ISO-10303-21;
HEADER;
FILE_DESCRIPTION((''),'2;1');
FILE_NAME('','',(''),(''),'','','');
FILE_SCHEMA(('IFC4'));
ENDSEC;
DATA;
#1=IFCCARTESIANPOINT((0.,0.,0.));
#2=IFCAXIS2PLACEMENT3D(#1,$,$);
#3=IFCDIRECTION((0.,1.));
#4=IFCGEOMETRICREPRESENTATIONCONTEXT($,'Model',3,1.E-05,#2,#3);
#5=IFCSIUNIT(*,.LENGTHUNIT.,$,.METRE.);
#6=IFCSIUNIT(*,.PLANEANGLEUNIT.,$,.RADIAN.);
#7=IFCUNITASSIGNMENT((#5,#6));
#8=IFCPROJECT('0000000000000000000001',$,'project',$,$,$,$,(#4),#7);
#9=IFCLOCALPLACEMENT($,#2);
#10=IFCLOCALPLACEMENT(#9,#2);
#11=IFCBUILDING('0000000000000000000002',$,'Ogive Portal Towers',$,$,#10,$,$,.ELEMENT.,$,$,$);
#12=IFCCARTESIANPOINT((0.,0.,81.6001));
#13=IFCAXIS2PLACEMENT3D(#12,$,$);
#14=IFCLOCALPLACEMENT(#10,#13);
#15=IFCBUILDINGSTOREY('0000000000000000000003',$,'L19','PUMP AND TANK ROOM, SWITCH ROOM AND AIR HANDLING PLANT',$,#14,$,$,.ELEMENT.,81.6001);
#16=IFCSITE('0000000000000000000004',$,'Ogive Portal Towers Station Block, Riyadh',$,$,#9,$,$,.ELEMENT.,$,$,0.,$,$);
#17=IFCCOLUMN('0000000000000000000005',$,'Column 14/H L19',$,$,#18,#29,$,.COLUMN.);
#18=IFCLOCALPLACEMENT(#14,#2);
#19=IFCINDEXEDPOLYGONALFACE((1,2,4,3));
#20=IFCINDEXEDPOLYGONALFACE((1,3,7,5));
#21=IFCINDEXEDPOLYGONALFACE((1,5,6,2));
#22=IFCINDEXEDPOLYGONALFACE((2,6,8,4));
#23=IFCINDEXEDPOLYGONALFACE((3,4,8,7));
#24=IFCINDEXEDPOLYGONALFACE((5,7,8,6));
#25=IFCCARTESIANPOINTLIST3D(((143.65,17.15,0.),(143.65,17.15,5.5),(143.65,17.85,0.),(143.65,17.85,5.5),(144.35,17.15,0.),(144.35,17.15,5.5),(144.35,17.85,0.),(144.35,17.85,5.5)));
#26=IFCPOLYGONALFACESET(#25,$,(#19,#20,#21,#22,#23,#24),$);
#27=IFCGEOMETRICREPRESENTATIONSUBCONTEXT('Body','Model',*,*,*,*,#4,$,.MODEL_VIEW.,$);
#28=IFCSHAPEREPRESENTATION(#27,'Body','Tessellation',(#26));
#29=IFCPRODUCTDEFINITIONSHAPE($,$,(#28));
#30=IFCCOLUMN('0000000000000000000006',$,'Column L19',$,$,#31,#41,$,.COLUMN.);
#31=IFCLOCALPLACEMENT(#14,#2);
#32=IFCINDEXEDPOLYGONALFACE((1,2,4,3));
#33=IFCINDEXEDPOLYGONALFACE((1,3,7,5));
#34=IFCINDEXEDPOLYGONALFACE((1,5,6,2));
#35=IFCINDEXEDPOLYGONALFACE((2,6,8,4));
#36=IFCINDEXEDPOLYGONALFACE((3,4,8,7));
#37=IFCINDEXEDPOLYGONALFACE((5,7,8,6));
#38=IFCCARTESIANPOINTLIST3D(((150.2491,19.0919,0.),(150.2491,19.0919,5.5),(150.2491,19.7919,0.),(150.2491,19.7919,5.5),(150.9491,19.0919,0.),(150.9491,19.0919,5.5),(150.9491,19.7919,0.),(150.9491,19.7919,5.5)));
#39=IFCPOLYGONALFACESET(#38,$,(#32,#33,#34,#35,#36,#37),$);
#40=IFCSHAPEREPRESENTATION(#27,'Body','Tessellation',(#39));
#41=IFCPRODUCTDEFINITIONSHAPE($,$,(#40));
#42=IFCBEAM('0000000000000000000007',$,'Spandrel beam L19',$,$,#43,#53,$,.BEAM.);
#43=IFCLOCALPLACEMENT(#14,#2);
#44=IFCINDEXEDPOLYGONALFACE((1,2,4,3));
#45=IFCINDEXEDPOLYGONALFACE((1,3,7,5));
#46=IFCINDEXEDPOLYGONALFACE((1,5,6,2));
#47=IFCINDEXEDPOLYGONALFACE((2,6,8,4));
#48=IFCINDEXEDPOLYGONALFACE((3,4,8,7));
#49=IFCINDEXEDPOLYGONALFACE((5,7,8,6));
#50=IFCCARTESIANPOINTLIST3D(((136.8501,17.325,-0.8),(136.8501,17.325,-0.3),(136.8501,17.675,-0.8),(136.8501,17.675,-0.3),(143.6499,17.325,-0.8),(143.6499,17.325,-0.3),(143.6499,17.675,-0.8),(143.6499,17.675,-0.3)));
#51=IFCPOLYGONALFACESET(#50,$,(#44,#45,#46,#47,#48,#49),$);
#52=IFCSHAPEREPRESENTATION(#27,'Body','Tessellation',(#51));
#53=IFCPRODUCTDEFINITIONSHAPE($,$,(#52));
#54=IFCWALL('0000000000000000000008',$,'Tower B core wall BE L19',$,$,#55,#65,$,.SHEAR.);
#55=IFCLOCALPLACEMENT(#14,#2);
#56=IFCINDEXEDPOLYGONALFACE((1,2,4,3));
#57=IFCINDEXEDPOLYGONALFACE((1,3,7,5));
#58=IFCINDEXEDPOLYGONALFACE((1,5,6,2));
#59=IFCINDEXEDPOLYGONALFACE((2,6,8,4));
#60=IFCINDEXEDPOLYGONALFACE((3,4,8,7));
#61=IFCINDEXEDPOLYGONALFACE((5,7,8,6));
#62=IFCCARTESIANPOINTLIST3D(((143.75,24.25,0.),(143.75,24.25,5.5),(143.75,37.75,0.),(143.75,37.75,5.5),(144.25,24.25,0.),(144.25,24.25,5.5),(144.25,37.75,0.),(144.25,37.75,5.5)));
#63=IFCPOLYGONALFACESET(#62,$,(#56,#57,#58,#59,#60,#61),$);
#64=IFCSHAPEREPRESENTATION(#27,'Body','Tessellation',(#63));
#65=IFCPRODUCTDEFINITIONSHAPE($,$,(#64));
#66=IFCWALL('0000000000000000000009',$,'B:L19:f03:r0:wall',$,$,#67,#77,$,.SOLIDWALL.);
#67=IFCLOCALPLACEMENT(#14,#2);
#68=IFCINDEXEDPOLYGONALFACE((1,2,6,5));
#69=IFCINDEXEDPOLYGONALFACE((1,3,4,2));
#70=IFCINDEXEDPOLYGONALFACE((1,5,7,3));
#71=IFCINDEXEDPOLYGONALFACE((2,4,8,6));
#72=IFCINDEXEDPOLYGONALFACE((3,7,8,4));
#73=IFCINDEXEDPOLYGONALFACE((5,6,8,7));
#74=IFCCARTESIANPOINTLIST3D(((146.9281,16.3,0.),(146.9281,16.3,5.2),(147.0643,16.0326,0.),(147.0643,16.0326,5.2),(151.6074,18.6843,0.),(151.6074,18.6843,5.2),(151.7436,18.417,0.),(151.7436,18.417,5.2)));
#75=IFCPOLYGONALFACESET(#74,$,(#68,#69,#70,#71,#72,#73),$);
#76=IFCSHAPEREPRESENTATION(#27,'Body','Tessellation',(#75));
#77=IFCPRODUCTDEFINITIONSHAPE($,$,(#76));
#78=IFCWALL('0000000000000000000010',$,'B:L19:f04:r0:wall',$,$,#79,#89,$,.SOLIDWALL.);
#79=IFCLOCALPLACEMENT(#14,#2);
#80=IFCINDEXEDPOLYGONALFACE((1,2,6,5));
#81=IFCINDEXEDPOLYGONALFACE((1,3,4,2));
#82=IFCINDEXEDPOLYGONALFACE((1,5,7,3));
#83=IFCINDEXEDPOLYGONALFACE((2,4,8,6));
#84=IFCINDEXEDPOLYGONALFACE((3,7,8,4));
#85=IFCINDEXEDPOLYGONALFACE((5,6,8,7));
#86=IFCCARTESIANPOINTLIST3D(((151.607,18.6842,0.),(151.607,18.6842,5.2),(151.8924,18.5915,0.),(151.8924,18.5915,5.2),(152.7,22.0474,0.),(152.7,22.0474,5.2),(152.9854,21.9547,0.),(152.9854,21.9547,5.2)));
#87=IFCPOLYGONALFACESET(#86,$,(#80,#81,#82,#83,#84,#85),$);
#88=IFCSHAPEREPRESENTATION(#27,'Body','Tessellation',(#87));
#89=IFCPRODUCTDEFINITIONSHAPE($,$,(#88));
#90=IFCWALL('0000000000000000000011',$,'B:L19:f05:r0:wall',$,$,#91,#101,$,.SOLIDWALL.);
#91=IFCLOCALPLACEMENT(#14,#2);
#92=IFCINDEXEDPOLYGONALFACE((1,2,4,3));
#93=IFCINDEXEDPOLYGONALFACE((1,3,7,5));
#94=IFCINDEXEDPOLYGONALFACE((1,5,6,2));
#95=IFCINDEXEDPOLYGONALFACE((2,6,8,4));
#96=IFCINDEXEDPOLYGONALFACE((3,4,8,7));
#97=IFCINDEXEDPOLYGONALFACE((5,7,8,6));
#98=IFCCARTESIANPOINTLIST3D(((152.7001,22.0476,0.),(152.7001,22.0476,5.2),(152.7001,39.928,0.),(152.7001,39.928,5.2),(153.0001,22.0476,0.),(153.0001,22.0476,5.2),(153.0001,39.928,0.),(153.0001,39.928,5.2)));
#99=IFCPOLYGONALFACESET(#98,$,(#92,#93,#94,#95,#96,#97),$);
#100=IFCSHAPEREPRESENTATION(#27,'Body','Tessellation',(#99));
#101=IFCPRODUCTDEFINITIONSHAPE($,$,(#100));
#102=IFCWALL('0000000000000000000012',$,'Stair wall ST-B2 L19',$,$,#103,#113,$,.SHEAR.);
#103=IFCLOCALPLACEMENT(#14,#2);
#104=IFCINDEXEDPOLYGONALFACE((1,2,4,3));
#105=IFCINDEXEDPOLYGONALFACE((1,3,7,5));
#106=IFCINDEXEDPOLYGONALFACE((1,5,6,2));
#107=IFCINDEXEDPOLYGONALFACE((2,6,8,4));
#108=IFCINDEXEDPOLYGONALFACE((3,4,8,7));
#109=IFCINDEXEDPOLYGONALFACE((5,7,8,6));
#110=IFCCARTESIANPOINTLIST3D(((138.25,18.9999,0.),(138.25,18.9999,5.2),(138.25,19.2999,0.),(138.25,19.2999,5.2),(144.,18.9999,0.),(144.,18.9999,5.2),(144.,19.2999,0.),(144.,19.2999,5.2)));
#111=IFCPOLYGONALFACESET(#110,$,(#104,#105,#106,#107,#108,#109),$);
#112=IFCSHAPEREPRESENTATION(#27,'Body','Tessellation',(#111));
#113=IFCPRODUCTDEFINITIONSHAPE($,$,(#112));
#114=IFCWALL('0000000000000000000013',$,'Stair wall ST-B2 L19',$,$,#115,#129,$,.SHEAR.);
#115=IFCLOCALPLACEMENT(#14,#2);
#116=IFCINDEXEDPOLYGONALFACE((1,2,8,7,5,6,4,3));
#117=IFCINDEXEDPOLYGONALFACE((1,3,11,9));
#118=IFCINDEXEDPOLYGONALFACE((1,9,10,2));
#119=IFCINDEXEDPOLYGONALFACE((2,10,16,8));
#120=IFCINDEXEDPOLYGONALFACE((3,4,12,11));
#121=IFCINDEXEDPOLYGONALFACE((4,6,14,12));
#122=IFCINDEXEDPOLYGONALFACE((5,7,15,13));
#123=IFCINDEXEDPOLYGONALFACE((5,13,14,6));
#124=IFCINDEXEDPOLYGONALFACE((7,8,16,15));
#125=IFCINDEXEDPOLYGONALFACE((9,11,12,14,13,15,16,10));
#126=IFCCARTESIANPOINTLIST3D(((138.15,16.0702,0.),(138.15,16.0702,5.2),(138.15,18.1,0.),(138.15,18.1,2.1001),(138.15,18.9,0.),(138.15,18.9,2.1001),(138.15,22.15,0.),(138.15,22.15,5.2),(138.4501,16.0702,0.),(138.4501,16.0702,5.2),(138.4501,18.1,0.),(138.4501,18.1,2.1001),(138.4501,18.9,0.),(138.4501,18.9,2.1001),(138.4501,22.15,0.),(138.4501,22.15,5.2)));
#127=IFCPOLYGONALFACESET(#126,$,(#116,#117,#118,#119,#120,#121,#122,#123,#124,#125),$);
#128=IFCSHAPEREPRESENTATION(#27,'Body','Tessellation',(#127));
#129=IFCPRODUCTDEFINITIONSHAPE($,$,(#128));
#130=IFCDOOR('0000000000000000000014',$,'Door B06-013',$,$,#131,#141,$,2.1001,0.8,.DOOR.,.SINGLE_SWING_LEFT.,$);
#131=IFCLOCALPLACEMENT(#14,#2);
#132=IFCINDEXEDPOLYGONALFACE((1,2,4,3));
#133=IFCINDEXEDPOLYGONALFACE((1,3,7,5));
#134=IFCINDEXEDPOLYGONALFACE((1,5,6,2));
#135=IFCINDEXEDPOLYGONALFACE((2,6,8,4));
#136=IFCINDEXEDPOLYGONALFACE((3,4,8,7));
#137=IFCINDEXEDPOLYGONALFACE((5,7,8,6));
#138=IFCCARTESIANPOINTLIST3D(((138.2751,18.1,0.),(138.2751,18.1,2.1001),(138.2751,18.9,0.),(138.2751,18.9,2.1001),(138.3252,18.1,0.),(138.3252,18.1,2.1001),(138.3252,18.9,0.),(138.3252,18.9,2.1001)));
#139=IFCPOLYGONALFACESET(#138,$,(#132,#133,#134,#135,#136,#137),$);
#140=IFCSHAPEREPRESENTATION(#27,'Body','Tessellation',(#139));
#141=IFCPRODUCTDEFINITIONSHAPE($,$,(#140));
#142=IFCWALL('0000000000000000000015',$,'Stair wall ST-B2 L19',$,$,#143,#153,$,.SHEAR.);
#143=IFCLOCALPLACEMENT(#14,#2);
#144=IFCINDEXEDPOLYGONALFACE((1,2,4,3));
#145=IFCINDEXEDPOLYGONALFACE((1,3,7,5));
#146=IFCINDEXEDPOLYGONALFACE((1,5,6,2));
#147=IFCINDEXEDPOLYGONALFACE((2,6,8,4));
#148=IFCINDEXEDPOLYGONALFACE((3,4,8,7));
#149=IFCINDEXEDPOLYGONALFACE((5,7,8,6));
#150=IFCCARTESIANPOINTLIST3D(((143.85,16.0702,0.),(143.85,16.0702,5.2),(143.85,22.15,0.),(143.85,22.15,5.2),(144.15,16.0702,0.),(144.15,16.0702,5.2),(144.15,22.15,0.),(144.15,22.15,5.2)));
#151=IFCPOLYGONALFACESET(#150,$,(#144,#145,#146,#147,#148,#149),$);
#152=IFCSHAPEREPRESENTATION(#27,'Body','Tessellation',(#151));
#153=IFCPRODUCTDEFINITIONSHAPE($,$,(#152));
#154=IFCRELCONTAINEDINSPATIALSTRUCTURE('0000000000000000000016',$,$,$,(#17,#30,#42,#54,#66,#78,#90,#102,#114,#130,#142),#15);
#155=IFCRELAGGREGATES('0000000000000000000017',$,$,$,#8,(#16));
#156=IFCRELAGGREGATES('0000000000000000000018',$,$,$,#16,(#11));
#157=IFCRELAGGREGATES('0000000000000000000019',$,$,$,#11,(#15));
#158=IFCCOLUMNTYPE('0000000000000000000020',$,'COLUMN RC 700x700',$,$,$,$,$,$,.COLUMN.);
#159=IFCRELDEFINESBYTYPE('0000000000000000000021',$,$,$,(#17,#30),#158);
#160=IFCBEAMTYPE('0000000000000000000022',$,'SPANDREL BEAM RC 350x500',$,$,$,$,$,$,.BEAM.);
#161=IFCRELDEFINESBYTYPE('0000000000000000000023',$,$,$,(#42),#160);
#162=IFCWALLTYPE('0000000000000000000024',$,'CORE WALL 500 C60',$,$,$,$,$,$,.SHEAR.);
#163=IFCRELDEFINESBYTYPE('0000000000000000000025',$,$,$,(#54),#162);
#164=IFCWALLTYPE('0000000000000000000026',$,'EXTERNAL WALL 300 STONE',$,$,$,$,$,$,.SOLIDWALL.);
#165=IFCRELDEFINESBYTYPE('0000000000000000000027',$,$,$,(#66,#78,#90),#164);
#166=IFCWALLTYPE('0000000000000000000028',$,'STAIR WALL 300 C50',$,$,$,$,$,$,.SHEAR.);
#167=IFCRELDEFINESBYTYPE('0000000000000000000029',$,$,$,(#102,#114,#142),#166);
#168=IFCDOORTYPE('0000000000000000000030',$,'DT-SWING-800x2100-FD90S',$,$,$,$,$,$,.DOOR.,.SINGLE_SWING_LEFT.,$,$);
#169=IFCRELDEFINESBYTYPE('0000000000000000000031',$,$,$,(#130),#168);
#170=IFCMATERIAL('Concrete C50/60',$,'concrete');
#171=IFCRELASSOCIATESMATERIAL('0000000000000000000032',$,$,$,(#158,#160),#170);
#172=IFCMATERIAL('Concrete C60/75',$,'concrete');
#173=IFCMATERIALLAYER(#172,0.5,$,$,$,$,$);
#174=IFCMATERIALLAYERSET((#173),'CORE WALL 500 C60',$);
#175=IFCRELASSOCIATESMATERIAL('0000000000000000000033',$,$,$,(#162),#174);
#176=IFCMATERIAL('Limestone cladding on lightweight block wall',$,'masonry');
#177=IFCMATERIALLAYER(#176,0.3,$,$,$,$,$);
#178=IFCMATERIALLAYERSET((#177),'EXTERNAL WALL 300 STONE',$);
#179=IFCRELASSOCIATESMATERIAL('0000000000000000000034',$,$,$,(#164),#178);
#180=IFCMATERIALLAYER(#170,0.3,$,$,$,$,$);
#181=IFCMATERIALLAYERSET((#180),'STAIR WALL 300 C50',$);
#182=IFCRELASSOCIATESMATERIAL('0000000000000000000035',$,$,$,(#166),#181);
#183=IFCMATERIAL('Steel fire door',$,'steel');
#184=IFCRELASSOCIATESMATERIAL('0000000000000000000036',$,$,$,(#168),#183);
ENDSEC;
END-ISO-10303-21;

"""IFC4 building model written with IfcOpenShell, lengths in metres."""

from ifc_helpers import new_model, si_unit, direction, frame, frame_2d, origin, origin_2d, place, context, subcontext, project, spatial, rectangle, extrude, material, layer, layer_set, material_profile, profile_set, type_object, element, fill, save


model = new_model("IFC4")

# Units and contexts
model_context = context("Model", 3, precision=1e-05, world=origin(), true_north=direction((0.0, 1.0)))
body_context = subcontext(model_context, "Body", "Model", "MODEL_VIEW")
ifc_project = project(units=[si_unit("LENGTHUNIT", "METRE"), si_unit("PLANEANGLEUNIT", "RADIAN")], contexts=[model_context])

# Site, building, storey
site_placement = place(None, origin())
site = spatial("IfcSite", under=ifc_project, at=site_placement, Name="Ogive Portal Towers Station Block, Riyadh", CompositionType="ELEMENT", RefElevation=0.0)
building_placement = place(site_placement, origin())
building = spatial("IfcBuilding", under=site, at=building_placement, Name="Ogive Portal Towers", CompositionType="ELEMENT")
storey_placement = place(building_placement, frame((0.0, 0.0, 81.6001)))
storey = spatial("IfcBuildingStorey", under=building, at=storey_placement, Name="L19", Description="PUMP AND TANK ROOM, SWITCH ROOM AND AIR HANDLING PLANT", CompositionType="ELEMENT", Elevation=81.6001)

# Columns
ifc_material_1 = material(Name="Concrete C50/60", Category="concrete")
ifc_material_profile_1 = material_profile(ifc_material_1, rectangle(XDim=0.7, YDim=0.7, at=origin_2d()), Name="RC 700x700")
ifc_profile_set_1 = profile_set([ifc_material_profile_1], Name="Concrete C50/60")
column_type = type_object("IfcColumnType", Name="COLUMN RC 700x700", PredefinedType="COLUMN", material=ifc_profile_set_1)
for number, where, z_axis, x_axis, name in (
    (1, (144.0, 17.5, 0.0), (0.0, 0.0, 1.0), (1.0, 0.0, 0.0), "Column 14/H L19"),
    (2, (150.5991, 19.4419, 0.0), (0.0, 0.0, 1.0), (1.0, 0.0, 0.0), "Column L19"),
):
    element("IfcColumn", number, at=place(storey_placement, frame(where, z_axis=z_axis, x_axis=x_axis)), inside=storey, type_object=column_type, Name=name, PredefinedType="COLUMN", context=body_context, shape_type="SweptSolid", body=[
        extrude(rectangle(XDim=0.7, YDim=0.7, at=origin_2d()), origin(), (0.0, 0.0, 1.0), 5.5),
    ])

# Beam
ifc_material_profile_2 = material_profile(ifc_material_1, rectangle(XDim=0.3501, YDim=0.5, at=origin_2d()), Name="RC 350x500")
ifc_profile_set_2 = profile_set([ifc_material_profile_2], Name="Concrete C50/60")
beam_type = type_object("IfcBeamType", Name="SPANDREL BEAM RC 350x500", PredefinedType="BEAM", material=ifc_profile_set_2)
beam_placement = place(storey_placement, frame((136.8501, 17.5, -0.55), z_axis=(1.0, 0.0, 0.0), x_axis=(0.0, 1.0, 0.0)))
element("IfcBeam", 3, at=beam_placement, inside=storey, type_object=beam_type, Name="Spandrel beam L19", PredefinedType="BEAM", context=body_context, shape_type="SweptSolid", body=[
    extrude(rectangle(XDim=0.3501, YDim=0.5, at=origin_2d()), origin(), (0.0, 0.0, 1.0), 6.7998),
])

# Walls
ifc_material_2 = material(Name="Concrete C60/75", Category="concrete")
ifc_layer_1 = layer(ifc_material_2, 0.5)
ifc_layer_set_1 = layer_set([ifc_layer_1], Name="CORE WALL 500 C60")
wall_type_1 = type_object("IfcWallType", Name="CORE WALL 500 C60", PredefinedType="SHEAR", material=ifc_layer_set_1)
wall_1_placement = place(storey_placement, frame((144.0, 24.25, 0.0), z_axis=(0.0, 0.0, 1.0), x_axis=(0.0, 1.0, 0.0)))
element("IfcWall", 4, at=wall_1_placement, inside=storey, type_object=wall_type_1, Name="Tower B core wall BE L19", PredefinedType="SHEAR", context=body_context, shape_type="SweptSolid", body=[
    extrude(rectangle(XDim=13.5, YDim=0.5, at=frame_2d((6.75, 0.0))), origin(), (0.0, 0.0, 1.0), 5.5),
])
ifc_material_3 = material(Name="Limestone cladding on lightweight block wall", Category="masonry")
ifc_layer_2 = layer(ifc_material_3, 0.3)
ifc_layer_set_2 = layer_set([ifc_layer_2], Name="EXTERNAL WALL 300 STONE")
wall_type_2 = type_object("IfcWallType", Name="EXTERNAL WALL 300 STONE", PredefinedType="SOLIDWALL", material=ifc_layer_set_2)
wall_2_placement = place(storey_placement, frame((146.9961, 16.1663, 0.0), z_axis=(0.0, 0.0, 1.0), x_axis=(0.890998, 0.454007, 0.0)))
element("IfcWall", 5, at=wall_2_placement, inside=storey, type_object=wall_type_2, Name="B:L19:f03:r0:wall", PredefinedType="SOLIDWALL", context=body_context, shape_type="SweptSolid", body=[
    extrude(rectangle(XDim=5.2517, YDim=0.3, at=frame_2d((2.626, 0.0))), origin(), (0.0, 0.0, 1.0), 5.2),
])
wall_3_placement = place(storey_placement, frame((151.7498, 18.6379, 0.0), z_axis=(0.0, 0.0, 1.0), x_axis=(0.309074, 0.951038, 0.0)))
element("IfcWall", 6, at=wall_3_placement, inside=storey, type_object=wall_type_2, Name="B:L19:f04:r0:wall", PredefinedType="SOLIDWALL", context=body_context, shape_type="SweptSolid", body=[
    extrude(rectangle(XDim=3.5364, YDim=0.3, at=frame_2d((1.7681, 0.0))), origin(), (0.0, 0.0, 1.0), 5.2),
])
wall_4_placement = place(storey_placement, frame((152.8501, 22.0476, 0.0), z_axis=(0.0, 0.0, 1.0), x_axis=(0.0, 1.0, 0.0)))
element("IfcWall", 7, at=wall_4_placement, inside=storey, type_object=wall_type_2, Name="B:L19:f05:r0:wall", PredefinedType="SOLIDWALL", context=body_context, shape_type="SweptSolid", body=[
    extrude(rectangle(XDim=17.8804, YDim=0.3, at=frame_2d((8.9402, 0.0))), origin(), (0.0, 0.0, 1.0), 5.2),
])
ifc_layer_3 = layer(ifc_material_1, 0.3)
ifc_layer_set_3 = layer_set([ifc_layer_3], Name="STAIR WALL 300 C50")
wall_type_3 = type_object("IfcWallType", Name="STAIR WALL 300 C50", PredefinedType="SHEAR", material=ifc_layer_set_3)
wall_5_placement = place(storey_placement, frame((138.25, 19.1499, 0.0), z_axis=(0.0, 0.0, 1.0), x_axis=(1.0, 0.0, 0.0)))
element("IfcWall", 8, at=wall_5_placement, inside=storey, type_object=wall_type_3, Name="Stair wall ST-B2 L19", PredefinedType="SHEAR", context=body_context, shape_type="SweptSolid", body=[
    extrude(rectangle(XDim=5.75, YDim=0.3, at=frame_2d((2.875, 0.0))), origin(), (0.0, 0.0, 1.0), 5.2),
])

# Wall, opening, door
wall_6_placement = place(storey_placement, frame((138.3, 16.0701, 0.0), z_axis=(0.0, 0.0, 1.0), x_axis=(0.0, 1.0, 0.0)))
wall_6 = element("IfcWall", 9, at=wall_6_placement, inside=storey, type_object=wall_type_3, Name="Stair wall ST-B2 L19", PredefinedType="SHEAR", context=body_context, shape_type="SweptSolid", body=[
    extrude(rectangle(XDim=6.0798, YDim=0.3, at=frame_2d((3.04, 0.0))), origin(), (0.0, 0.0, 1.0), 5.2),
])
opening_1_placement = place(wall_6_placement, frame((2.03, 0.0, 0.0)))
opening_1 = element("IfcOpeningElement", 10, at=opening_1_placement, cuts=wall_6, PredefinedType="OPENING", context=body_context, shape_type="SweptSolid", body=[
    extrude(rectangle(XDim=0.8, YDim=2.1001, at=frame_2d((0.3999, 1.05))), frame((0.0, 0.1602, 0.0), z_axis=(0.0, -1.0, 0.0), x_axis=(1.0, 0.0, 0.0)), (0.0, 0.0, 1.0), 0.3201),
])
ifc_material_4 = material(Name="Steel fire door", Category="steel")
door_type_1 = type_object("IfcDoorType", Name="DT-SWING-800x2100-FD90S", OperationType="SINGLE_SWING_LEFT", PredefinedType="DOOR", material=ifc_material_4)
door_1_placement = place(opening_1_placement, origin())
door_1 = element("IfcDoor", 11, at=door_1_placement, inside=storey, type_object=door_type_1, Name="Door B06-013", OperationType="SINGLE_SWING_LEFT", OverallHeight=2.1001, OverallWidth=0.8, PredefinedType="DOOR", context=body_context, shape_type="SweptSolid", body=[
    extrude(rectangle(XDim=0.8, YDim=2.1001, at=frame_2d((0.3999, 1.05))), frame((0.0, 0.0249, 0.0), z_axis=(0.0, -1.0, 0.0), x_axis=(1.0, 0.0, 0.0)), (0.0, 0.0, 1.0), 0.05),
])
fill(opening_1, door_1)

# Wall
wall_7_placement = place(storey_placement, frame((144.0, 16.0701, 0.0), z_axis=(0.0, 0.0, 1.0), x_axis=(0.0, 1.0, 0.0)))
element("IfcWall", 12, at=wall_7_placement, inside=storey, type_object=wall_type_3, Name="Stair wall ST-B2 L19", PredefinedType="SHEAR", context=body_context, shape_type="SweptSolid", body=[
    extrude(rectangle(XDim=6.0798, YDim=0.3, at=frame_2d((3.04, 0.0))), origin(), (0.0, 0.0, 1.0), 5.2),
])

save(model, "model.ifc")
